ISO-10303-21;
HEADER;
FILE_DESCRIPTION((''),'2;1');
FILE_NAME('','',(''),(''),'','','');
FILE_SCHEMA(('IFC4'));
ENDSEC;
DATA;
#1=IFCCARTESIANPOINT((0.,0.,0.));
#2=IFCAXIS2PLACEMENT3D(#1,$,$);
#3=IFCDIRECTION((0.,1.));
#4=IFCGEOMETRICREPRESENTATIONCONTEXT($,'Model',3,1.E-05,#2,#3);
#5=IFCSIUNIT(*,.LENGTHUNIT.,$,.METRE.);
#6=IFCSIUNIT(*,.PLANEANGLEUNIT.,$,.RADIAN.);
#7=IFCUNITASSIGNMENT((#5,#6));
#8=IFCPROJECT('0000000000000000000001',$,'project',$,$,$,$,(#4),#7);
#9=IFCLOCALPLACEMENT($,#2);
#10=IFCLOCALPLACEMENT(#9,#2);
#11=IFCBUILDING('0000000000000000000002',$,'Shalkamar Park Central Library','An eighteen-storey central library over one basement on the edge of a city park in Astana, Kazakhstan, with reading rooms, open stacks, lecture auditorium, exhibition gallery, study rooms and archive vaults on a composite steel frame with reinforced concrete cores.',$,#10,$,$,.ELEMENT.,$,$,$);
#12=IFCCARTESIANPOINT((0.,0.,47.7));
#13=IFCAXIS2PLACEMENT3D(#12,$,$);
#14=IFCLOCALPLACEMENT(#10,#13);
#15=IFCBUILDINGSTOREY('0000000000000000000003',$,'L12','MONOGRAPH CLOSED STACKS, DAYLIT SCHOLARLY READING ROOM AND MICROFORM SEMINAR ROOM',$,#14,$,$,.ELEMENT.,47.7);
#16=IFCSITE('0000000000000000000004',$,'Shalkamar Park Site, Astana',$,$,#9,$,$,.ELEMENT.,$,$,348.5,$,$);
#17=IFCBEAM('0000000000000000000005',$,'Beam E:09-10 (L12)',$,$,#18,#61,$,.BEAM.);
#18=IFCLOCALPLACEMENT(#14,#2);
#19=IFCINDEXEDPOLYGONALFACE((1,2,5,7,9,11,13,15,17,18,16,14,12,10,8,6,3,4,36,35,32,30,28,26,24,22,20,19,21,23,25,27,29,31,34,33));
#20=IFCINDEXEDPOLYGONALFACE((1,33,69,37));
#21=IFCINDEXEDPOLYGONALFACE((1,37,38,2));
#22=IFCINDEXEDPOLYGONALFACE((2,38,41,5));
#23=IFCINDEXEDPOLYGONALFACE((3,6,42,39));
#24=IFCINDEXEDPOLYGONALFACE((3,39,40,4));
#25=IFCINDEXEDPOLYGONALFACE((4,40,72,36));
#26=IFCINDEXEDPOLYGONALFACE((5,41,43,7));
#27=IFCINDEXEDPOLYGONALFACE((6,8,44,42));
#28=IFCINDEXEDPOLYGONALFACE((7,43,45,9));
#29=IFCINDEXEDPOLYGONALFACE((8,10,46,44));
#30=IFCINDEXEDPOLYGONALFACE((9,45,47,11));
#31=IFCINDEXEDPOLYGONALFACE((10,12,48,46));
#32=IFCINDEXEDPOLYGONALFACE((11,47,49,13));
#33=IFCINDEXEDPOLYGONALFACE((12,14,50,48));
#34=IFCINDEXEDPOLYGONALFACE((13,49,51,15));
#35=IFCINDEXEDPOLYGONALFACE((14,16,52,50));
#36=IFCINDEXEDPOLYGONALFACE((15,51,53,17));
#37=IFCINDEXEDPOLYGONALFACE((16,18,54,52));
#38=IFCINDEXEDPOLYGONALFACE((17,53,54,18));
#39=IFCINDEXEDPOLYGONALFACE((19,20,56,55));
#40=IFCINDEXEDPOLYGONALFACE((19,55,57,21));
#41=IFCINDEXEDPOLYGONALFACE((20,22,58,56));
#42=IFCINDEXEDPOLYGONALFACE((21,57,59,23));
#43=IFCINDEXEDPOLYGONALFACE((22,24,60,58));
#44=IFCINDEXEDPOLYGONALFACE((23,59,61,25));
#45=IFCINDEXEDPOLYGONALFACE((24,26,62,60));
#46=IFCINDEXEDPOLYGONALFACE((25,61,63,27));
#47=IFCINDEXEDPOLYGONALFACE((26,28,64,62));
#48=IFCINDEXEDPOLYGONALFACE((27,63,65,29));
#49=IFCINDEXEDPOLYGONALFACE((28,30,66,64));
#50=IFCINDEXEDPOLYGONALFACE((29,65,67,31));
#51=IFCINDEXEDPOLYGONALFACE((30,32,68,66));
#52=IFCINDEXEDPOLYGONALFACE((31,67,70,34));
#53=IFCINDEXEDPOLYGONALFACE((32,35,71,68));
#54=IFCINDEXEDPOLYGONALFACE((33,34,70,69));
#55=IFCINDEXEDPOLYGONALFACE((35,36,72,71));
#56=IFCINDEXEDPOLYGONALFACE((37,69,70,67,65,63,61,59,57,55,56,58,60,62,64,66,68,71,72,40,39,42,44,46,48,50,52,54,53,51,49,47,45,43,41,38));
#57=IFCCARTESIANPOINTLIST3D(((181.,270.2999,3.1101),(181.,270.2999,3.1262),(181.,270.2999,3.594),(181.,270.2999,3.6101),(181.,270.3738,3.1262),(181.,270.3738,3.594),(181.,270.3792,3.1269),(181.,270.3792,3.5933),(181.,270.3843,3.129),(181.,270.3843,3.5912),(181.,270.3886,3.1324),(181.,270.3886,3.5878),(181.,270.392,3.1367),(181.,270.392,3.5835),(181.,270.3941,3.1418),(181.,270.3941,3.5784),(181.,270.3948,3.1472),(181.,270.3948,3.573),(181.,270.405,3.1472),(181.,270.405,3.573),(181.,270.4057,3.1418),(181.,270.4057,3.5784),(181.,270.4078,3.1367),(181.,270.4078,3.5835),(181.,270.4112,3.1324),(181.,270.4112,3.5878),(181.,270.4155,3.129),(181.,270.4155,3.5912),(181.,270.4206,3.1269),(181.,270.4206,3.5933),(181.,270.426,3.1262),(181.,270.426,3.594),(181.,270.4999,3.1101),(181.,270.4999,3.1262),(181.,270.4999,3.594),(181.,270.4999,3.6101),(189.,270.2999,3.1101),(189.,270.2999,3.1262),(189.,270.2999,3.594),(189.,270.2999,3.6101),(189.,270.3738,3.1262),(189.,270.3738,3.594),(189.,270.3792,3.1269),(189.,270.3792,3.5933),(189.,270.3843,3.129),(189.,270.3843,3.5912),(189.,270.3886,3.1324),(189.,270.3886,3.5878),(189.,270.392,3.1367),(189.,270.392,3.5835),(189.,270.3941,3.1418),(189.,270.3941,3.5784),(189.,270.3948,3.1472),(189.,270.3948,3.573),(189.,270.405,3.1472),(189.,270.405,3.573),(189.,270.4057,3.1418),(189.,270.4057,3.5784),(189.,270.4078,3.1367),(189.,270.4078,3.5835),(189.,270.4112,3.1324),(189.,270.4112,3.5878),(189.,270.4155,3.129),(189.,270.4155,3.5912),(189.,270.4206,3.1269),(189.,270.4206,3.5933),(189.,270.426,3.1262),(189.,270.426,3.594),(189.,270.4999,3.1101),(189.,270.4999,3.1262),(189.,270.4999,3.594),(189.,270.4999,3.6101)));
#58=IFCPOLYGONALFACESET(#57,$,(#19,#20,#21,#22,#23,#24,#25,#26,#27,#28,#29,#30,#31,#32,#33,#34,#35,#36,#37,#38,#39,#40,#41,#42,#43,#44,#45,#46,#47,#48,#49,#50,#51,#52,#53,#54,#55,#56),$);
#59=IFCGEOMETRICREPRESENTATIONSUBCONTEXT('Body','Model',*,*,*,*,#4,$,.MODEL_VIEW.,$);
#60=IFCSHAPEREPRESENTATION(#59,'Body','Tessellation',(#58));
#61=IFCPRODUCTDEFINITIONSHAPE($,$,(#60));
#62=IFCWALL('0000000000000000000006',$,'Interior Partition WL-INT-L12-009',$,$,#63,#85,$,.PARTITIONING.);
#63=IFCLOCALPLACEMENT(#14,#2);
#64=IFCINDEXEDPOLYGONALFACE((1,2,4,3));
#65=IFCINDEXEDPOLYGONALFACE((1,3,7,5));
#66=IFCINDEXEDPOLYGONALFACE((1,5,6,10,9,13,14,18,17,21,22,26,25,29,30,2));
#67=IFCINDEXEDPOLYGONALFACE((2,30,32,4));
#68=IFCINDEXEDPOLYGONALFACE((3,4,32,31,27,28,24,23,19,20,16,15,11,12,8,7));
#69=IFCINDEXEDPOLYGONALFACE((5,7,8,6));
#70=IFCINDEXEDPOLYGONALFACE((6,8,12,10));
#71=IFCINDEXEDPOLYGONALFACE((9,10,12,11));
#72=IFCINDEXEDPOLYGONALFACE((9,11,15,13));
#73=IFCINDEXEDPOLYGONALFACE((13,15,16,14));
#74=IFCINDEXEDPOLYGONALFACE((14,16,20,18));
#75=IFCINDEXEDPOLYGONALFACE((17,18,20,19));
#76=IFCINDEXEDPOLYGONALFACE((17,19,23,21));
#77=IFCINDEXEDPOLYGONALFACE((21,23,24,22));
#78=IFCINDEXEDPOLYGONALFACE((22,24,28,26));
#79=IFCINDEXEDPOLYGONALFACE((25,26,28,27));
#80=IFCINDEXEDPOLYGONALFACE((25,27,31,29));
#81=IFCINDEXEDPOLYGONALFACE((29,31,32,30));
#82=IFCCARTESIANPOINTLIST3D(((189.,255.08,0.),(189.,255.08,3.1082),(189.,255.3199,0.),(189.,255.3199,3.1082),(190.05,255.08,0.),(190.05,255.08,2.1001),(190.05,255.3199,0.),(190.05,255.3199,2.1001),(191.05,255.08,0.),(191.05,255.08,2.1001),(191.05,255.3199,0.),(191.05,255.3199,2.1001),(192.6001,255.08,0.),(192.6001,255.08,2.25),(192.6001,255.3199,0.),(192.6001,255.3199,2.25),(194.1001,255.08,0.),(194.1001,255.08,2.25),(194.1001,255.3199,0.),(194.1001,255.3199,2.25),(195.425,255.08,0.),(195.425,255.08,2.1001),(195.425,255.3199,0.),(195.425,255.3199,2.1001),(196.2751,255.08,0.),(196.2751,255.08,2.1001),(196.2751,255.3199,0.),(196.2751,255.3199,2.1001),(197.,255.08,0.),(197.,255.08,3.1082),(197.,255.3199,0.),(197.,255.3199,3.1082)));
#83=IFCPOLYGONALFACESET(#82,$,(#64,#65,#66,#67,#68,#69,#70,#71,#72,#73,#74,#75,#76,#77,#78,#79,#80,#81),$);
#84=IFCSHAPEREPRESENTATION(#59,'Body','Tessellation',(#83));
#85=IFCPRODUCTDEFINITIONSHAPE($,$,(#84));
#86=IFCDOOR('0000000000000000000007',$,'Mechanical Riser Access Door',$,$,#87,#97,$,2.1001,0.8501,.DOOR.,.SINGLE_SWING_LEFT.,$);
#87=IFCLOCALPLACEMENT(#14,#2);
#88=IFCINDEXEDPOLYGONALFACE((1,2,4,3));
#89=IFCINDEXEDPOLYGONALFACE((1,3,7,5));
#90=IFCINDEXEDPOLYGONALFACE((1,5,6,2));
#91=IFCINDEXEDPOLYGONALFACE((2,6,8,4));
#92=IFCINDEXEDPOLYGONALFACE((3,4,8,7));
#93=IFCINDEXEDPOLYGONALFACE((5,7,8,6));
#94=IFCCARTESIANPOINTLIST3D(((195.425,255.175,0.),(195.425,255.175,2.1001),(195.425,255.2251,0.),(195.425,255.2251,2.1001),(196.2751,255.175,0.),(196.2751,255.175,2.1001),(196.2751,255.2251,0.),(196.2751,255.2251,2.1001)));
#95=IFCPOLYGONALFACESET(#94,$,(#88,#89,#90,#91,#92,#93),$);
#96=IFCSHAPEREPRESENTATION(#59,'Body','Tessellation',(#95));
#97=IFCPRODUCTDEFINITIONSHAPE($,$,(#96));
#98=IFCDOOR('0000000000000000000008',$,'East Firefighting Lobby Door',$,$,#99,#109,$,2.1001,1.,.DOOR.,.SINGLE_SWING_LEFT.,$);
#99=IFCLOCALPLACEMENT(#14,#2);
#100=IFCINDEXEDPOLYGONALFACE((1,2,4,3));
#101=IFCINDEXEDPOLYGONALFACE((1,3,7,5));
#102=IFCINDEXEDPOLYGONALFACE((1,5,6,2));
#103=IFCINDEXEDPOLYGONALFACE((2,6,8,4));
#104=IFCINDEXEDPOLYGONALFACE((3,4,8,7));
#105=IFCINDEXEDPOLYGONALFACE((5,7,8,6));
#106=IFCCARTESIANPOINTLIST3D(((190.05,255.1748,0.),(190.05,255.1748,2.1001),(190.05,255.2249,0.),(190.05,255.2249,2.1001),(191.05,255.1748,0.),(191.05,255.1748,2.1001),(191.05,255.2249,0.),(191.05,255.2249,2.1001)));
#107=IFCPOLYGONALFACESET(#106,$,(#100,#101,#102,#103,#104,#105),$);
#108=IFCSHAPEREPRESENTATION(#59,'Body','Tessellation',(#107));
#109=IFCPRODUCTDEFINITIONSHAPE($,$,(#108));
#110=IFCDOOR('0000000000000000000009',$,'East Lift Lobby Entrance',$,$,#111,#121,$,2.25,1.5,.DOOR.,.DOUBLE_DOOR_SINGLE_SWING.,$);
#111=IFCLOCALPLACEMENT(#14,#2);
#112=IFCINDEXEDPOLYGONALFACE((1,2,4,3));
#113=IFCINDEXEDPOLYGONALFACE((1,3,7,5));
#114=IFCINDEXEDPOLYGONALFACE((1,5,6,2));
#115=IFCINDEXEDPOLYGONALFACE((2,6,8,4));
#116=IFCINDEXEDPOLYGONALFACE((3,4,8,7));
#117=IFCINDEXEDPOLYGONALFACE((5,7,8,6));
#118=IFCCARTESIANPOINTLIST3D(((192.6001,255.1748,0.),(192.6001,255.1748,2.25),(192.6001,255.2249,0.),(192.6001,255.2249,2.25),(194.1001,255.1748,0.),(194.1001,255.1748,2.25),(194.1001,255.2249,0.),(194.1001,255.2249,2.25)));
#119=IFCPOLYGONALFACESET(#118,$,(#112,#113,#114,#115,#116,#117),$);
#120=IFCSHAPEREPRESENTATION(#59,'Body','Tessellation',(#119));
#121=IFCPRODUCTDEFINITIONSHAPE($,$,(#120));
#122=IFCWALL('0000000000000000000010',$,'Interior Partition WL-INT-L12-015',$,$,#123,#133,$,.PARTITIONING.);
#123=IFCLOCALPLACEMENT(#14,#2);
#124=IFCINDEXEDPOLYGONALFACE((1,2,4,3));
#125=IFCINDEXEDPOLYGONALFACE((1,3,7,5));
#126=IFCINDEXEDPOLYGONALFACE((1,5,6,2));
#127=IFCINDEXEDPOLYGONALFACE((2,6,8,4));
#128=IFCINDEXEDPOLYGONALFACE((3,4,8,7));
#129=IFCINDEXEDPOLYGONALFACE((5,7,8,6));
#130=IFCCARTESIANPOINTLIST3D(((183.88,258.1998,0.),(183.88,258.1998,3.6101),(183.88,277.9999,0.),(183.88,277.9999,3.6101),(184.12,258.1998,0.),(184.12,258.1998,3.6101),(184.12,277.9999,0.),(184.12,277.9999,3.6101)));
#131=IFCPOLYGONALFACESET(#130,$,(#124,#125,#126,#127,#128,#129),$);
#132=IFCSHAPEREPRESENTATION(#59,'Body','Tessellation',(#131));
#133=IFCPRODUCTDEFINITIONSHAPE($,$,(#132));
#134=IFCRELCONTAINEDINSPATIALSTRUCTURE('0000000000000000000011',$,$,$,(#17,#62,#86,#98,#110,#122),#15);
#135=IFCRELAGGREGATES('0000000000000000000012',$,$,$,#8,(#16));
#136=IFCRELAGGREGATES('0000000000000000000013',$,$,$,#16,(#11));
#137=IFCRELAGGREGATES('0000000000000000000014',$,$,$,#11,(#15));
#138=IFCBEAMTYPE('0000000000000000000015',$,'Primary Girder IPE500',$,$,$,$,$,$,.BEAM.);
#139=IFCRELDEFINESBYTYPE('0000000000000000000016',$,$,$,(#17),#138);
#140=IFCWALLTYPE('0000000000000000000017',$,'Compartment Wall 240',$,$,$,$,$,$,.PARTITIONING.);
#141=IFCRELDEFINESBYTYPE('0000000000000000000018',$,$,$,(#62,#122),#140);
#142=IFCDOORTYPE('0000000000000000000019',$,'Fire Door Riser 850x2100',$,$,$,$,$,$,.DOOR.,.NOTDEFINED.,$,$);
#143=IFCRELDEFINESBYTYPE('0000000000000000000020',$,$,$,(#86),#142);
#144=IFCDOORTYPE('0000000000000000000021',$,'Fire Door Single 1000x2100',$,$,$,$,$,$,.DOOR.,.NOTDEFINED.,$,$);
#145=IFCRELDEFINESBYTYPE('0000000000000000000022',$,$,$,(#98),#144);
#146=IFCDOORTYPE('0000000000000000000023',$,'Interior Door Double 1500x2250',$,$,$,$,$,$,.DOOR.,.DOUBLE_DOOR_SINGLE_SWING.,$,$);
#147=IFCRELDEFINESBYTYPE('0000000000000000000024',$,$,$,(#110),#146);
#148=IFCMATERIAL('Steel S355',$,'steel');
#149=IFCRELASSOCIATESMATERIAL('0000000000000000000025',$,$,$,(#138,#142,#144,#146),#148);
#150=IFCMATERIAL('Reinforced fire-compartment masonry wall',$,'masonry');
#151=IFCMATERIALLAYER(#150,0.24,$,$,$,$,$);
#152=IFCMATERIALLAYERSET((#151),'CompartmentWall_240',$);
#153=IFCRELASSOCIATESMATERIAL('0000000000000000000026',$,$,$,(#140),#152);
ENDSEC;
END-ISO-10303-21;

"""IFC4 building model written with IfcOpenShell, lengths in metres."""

from ifc_helpers import new_model, si_unit, direction, frame, frame_2d, origin, origin_2d, place, context, subcontext, project, spatial, rectangle, i_section, extrude, material, layer, layer_set, material_profile, profile_set, type_object, element, fill, save


model = new_model("IFC4")

# Units and contexts
model_context = context("Model", 3, precision=1e-05, world=origin(), true_north=direction((0.0, 1.0)))
body_context = subcontext(model_context, "Body", "Model", "MODEL_VIEW")
ifc_project = project(units=[si_unit("LENGTHUNIT", "METRE"), si_unit("PLANEANGLEUNIT", "RADIAN")], contexts=[model_context])

# Site, building, storey
site_placement = place(None, origin())
site = spatial("IfcSite", under=ifc_project, at=site_placement, Name="Shalkamar Park Site, Astana", CompositionType="ELEMENT", RefElevation=348.5)
building_placement = place(site_placement, origin())
building = spatial("IfcBuilding", under=site, at=building_placement, Name="Shalkamar Park Central Library", Description="An eighteen-storey central library over one basement on the edge of a city park in Astana, Kazakhstan, with reading rooms, open stacks, lecture auditorium, exhibition gallery, study rooms and archive vaults on a composite steel frame with reinforced concrete cores.", CompositionType="ELEMENT")
storey_placement = place(building_placement, frame((0.0, 0.0, 47.7)))
storey = spatial("IfcBuildingStorey", under=building, at=storey_placement, Name="L12", Description="MONOGRAPH CLOSED STACKS, DAYLIT SCHOLARLY READING ROOM AND MICROFORM SEMINAR ROOM", CompositionType="ELEMENT", Elevation=47.7)

# Shared definitions
ifc_material_1 = material(Name="Steel S355", Category="steel")

# Beam
ifc_material_profile_1 = material_profile(ifc_material_1, i_section(OverallWidth=0.2, OverallDepth=0.5, WebThickness=0.0103, FlangeThickness=0.0161, FilletRadius=0.021, at=origin_2d()), Name="IPE 500")
ifc_profile_set_1 = profile_set([ifc_material_profile_1], Name="Steel S355")
beam_type_1 = type_object("IfcBeamType", Name="Primary Girder IPE500", PredefinedType="BEAM", material=ifc_profile_set_1)
for number, where, z_axis, x_axis, name in (
    (1, (181.0, 270.3999, 3.3601), (1.0, 0.0, 0.0), (0.0, 1.0, 0.0), "Beam E:09-10 (L12)"),
):
    element("IfcBeam", number, at=place(storey_placement, frame(where, z_axis=z_axis, x_axis=x_axis)), inside=storey, type_object=beam_type_1, Name=name, PredefinedType="BEAM", context=body_context, shape_type="SweptSolid", body=[
        extrude(i_section(OverallWidth=0.2, OverallDepth=0.5, WebThickness=0.0103, FlangeThickness=0.0161, FilletRadius=0.021, at=origin_2d()), origin(), (0.0, 0.0, 1.0), 8.0),
    ])

# Wall, openings, doors
ifc_material_2 = material(Name="Reinforced fire-compartment masonry wall", Category="masonry")
ifc_layer = layer(ifc_material_2, 0.24)
ifc_layer_set = layer_set([ifc_layer], Name="CompartmentWall_240")
wall_type = type_object("IfcWallType", Name="Compartment Wall 240", PredefinedType="PARTITIONING", material=ifc_layer_set)
wall_1_placement = place(storey_placement, frame((189.0, 255.2, 0.0), z_axis=(0.0, 0.0, 1.0), x_axis=(1.0, 0.0, 0.0)))
wall_1 = element("IfcWall", 2, at=wall_1_placement, inside=storey, type_object=wall_type, Name="Interior Partition WL-INT-L12-009", PredefinedType="PARTITIONING", context=body_context, shape_type="SweptSolid", body=[
    extrude(rectangle(XDim=8.0, YDim=0.24, at=frame_2d((4.0, 0.0))), origin(), (0.0, 0.0, 1.0), 3.1082),
])
opening_1_placement = place(wall_1_placement, frame((1.05, 0.0, 0.0)))
opening_1 = element("IfcOpeningElement", 3, at=opening_1_placement, cuts=wall_1, PredefinedType="OPENING", context=body_context, shape_type="SweptSolid", body=[
    extrude(rectangle(XDim=1.0, YDim=2.1001, at=frame_2d((0.5, 1.05))), frame((0.0, 0.1348, 0.0), z_axis=(0.0, -1.0, 0.0), x_axis=(1.0, 0.0, 0.0)), (0.0, 0.0, 1.0), 0.2698),
])
opening_2_placement = place(wall_1_placement, frame((3.6001, 0.0, 0.0)))
opening_2 = element("IfcOpeningElement", 4, at=opening_2_placement, cuts=wall_1, PredefinedType="OPENING", context=body_context, shape_type="SweptSolid", body=[
    extrude(rectangle(XDim=1.5, YDim=2.25, at=frame_2d((0.75, 1.125))), frame((0.0, 0.1348, 0.0), z_axis=(0.0, -1.0, 0.0), x_axis=(1.0, 0.0, 0.0)), (0.0, 0.0, 1.0), 0.2698),
])
opening_3_placement = place(wall_1_placement, frame((6.425, 0.0, 0.0)))
opening_3 = element("IfcOpeningElement", 5, at=opening_3_placement, cuts=wall_1, PredefinedType="OPENING", context=body_context, shape_type="SweptSolid", body=[
    extrude(rectangle(XDim=0.8501, YDim=2.1001, at=frame_2d((0.425, 1.05))), frame((0.0, 0.1348, 0.0), z_axis=(0.0, -1.0, 0.0), x_axis=(1.0, 0.0, 0.0)), (0.0, 0.0, 1.0), 0.2698),
])
door_type_1 = type_object("IfcDoorType", Name="Fire Door Riser 850x2100", OperationType="NOTDEFINED", PredefinedType="DOOR", material=ifc_material_1)
door_1_placement = place(opening_3_placement, frame((0.8501, 0.0, 0.0), z_axis=(0.0, 0.0, 1.0), x_axis=(-1.0, 0.0, 0.0)))
door_1 = element("IfcDoor", 6, at=door_1_placement, inside=storey, type_object=door_type_1, Name="Mechanical Riser Access Door", OperationType="SINGLE_SWING_LEFT", OverallHeight=2.1001, OverallWidth=0.8501, PredefinedType="DOOR", context=body_context, shape_type="SweptSolid", body=[
    extrude(rectangle(XDim=0.8501, YDim=2.1001, at=frame_2d((0.425, 1.05))), frame((0.0, 0.0249, 0.0), z_axis=(0.0, -1.0, 0.0), x_axis=(1.0, 0.0, 0.0)), (0.0, 0.0, 1.0), 0.05),
])
fill(opening_3, door_1)
door_type_2 = type_object("IfcDoorType", Name="Fire Door Single 1000x2100", OperationType="NOTDEFINED", PredefinedType="DOOR", material=ifc_material_1)
door_2_placement = place(opening_1_placement, origin())
door_2 = element("IfcDoor", 7, at=door_2_placement, inside=storey, type_object=door_type_2, Name="East Firefighting Lobby Door", OperationType="SINGLE_SWING_LEFT", OverallHeight=2.1001, OverallWidth=1.0, PredefinedType="DOOR", context=body_context, shape_type="SweptSolid", body=[
    extrude(rectangle(XDim=1.0, YDim=2.1001, at=frame_2d((0.5, 1.05))), frame((0.0, 0.0249, 0.0), z_axis=(0.0, -1.0, 0.0), x_axis=(1.0, 0.0, 0.0)), (0.0, 0.0, 1.0), 0.05),
])
fill(opening_1, door_2)
door_type_3 = type_object("IfcDoorType", Name="Interior Door Double 1500x2250", OperationType="DOUBLE_DOOR_SINGLE_SWING", PredefinedType="DOOR", material=ifc_material_1)
door_3_placement = place(opening_2_placement, origin())
door_3 = element("IfcDoor", 8, at=door_3_placement, inside=storey, type_object=door_type_3, Name="East Lift Lobby Entrance", OperationType="DOUBLE_DOOR_SINGLE_SWING", OverallHeight=2.25, OverallWidth=1.5, PredefinedType="DOOR", context=body_context, shape_type="SweptSolid", body=[
    extrude(rectangle(XDim=1.5, YDim=2.25, at=frame_2d((0.75, 1.125))), frame((0.0, 0.0249, 0.0), z_axis=(0.0, -1.0, 0.0), x_axis=(1.0, 0.0, 0.0)), (0.0, 0.0, 1.0), 0.05),
])
fill(opening_2, door_3)

# Wall
wall_2_placement = place(storey_placement, frame((184.0, 258.2, 0.0), z_axis=(0.0, 0.0, 1.0), x_axis=(0.0, 1.0, 0.0)))
element("IfcWall", 9, at=wall_2_placement, inside=storey, type_object=wall_type, Name="Interior Partition WL-INT-L12-015", PredefinedType="PARTITIONING", context=body_context, shape_type="SweptSolid", body=[
    extrude(rectangle(XDim=19.8, YDim=0.24, at=frame_2d((9.8999, 0.0))), origin(), (0.0, 0.0, 1.0), 3.6101),
])

save(model, "model.ifc")
